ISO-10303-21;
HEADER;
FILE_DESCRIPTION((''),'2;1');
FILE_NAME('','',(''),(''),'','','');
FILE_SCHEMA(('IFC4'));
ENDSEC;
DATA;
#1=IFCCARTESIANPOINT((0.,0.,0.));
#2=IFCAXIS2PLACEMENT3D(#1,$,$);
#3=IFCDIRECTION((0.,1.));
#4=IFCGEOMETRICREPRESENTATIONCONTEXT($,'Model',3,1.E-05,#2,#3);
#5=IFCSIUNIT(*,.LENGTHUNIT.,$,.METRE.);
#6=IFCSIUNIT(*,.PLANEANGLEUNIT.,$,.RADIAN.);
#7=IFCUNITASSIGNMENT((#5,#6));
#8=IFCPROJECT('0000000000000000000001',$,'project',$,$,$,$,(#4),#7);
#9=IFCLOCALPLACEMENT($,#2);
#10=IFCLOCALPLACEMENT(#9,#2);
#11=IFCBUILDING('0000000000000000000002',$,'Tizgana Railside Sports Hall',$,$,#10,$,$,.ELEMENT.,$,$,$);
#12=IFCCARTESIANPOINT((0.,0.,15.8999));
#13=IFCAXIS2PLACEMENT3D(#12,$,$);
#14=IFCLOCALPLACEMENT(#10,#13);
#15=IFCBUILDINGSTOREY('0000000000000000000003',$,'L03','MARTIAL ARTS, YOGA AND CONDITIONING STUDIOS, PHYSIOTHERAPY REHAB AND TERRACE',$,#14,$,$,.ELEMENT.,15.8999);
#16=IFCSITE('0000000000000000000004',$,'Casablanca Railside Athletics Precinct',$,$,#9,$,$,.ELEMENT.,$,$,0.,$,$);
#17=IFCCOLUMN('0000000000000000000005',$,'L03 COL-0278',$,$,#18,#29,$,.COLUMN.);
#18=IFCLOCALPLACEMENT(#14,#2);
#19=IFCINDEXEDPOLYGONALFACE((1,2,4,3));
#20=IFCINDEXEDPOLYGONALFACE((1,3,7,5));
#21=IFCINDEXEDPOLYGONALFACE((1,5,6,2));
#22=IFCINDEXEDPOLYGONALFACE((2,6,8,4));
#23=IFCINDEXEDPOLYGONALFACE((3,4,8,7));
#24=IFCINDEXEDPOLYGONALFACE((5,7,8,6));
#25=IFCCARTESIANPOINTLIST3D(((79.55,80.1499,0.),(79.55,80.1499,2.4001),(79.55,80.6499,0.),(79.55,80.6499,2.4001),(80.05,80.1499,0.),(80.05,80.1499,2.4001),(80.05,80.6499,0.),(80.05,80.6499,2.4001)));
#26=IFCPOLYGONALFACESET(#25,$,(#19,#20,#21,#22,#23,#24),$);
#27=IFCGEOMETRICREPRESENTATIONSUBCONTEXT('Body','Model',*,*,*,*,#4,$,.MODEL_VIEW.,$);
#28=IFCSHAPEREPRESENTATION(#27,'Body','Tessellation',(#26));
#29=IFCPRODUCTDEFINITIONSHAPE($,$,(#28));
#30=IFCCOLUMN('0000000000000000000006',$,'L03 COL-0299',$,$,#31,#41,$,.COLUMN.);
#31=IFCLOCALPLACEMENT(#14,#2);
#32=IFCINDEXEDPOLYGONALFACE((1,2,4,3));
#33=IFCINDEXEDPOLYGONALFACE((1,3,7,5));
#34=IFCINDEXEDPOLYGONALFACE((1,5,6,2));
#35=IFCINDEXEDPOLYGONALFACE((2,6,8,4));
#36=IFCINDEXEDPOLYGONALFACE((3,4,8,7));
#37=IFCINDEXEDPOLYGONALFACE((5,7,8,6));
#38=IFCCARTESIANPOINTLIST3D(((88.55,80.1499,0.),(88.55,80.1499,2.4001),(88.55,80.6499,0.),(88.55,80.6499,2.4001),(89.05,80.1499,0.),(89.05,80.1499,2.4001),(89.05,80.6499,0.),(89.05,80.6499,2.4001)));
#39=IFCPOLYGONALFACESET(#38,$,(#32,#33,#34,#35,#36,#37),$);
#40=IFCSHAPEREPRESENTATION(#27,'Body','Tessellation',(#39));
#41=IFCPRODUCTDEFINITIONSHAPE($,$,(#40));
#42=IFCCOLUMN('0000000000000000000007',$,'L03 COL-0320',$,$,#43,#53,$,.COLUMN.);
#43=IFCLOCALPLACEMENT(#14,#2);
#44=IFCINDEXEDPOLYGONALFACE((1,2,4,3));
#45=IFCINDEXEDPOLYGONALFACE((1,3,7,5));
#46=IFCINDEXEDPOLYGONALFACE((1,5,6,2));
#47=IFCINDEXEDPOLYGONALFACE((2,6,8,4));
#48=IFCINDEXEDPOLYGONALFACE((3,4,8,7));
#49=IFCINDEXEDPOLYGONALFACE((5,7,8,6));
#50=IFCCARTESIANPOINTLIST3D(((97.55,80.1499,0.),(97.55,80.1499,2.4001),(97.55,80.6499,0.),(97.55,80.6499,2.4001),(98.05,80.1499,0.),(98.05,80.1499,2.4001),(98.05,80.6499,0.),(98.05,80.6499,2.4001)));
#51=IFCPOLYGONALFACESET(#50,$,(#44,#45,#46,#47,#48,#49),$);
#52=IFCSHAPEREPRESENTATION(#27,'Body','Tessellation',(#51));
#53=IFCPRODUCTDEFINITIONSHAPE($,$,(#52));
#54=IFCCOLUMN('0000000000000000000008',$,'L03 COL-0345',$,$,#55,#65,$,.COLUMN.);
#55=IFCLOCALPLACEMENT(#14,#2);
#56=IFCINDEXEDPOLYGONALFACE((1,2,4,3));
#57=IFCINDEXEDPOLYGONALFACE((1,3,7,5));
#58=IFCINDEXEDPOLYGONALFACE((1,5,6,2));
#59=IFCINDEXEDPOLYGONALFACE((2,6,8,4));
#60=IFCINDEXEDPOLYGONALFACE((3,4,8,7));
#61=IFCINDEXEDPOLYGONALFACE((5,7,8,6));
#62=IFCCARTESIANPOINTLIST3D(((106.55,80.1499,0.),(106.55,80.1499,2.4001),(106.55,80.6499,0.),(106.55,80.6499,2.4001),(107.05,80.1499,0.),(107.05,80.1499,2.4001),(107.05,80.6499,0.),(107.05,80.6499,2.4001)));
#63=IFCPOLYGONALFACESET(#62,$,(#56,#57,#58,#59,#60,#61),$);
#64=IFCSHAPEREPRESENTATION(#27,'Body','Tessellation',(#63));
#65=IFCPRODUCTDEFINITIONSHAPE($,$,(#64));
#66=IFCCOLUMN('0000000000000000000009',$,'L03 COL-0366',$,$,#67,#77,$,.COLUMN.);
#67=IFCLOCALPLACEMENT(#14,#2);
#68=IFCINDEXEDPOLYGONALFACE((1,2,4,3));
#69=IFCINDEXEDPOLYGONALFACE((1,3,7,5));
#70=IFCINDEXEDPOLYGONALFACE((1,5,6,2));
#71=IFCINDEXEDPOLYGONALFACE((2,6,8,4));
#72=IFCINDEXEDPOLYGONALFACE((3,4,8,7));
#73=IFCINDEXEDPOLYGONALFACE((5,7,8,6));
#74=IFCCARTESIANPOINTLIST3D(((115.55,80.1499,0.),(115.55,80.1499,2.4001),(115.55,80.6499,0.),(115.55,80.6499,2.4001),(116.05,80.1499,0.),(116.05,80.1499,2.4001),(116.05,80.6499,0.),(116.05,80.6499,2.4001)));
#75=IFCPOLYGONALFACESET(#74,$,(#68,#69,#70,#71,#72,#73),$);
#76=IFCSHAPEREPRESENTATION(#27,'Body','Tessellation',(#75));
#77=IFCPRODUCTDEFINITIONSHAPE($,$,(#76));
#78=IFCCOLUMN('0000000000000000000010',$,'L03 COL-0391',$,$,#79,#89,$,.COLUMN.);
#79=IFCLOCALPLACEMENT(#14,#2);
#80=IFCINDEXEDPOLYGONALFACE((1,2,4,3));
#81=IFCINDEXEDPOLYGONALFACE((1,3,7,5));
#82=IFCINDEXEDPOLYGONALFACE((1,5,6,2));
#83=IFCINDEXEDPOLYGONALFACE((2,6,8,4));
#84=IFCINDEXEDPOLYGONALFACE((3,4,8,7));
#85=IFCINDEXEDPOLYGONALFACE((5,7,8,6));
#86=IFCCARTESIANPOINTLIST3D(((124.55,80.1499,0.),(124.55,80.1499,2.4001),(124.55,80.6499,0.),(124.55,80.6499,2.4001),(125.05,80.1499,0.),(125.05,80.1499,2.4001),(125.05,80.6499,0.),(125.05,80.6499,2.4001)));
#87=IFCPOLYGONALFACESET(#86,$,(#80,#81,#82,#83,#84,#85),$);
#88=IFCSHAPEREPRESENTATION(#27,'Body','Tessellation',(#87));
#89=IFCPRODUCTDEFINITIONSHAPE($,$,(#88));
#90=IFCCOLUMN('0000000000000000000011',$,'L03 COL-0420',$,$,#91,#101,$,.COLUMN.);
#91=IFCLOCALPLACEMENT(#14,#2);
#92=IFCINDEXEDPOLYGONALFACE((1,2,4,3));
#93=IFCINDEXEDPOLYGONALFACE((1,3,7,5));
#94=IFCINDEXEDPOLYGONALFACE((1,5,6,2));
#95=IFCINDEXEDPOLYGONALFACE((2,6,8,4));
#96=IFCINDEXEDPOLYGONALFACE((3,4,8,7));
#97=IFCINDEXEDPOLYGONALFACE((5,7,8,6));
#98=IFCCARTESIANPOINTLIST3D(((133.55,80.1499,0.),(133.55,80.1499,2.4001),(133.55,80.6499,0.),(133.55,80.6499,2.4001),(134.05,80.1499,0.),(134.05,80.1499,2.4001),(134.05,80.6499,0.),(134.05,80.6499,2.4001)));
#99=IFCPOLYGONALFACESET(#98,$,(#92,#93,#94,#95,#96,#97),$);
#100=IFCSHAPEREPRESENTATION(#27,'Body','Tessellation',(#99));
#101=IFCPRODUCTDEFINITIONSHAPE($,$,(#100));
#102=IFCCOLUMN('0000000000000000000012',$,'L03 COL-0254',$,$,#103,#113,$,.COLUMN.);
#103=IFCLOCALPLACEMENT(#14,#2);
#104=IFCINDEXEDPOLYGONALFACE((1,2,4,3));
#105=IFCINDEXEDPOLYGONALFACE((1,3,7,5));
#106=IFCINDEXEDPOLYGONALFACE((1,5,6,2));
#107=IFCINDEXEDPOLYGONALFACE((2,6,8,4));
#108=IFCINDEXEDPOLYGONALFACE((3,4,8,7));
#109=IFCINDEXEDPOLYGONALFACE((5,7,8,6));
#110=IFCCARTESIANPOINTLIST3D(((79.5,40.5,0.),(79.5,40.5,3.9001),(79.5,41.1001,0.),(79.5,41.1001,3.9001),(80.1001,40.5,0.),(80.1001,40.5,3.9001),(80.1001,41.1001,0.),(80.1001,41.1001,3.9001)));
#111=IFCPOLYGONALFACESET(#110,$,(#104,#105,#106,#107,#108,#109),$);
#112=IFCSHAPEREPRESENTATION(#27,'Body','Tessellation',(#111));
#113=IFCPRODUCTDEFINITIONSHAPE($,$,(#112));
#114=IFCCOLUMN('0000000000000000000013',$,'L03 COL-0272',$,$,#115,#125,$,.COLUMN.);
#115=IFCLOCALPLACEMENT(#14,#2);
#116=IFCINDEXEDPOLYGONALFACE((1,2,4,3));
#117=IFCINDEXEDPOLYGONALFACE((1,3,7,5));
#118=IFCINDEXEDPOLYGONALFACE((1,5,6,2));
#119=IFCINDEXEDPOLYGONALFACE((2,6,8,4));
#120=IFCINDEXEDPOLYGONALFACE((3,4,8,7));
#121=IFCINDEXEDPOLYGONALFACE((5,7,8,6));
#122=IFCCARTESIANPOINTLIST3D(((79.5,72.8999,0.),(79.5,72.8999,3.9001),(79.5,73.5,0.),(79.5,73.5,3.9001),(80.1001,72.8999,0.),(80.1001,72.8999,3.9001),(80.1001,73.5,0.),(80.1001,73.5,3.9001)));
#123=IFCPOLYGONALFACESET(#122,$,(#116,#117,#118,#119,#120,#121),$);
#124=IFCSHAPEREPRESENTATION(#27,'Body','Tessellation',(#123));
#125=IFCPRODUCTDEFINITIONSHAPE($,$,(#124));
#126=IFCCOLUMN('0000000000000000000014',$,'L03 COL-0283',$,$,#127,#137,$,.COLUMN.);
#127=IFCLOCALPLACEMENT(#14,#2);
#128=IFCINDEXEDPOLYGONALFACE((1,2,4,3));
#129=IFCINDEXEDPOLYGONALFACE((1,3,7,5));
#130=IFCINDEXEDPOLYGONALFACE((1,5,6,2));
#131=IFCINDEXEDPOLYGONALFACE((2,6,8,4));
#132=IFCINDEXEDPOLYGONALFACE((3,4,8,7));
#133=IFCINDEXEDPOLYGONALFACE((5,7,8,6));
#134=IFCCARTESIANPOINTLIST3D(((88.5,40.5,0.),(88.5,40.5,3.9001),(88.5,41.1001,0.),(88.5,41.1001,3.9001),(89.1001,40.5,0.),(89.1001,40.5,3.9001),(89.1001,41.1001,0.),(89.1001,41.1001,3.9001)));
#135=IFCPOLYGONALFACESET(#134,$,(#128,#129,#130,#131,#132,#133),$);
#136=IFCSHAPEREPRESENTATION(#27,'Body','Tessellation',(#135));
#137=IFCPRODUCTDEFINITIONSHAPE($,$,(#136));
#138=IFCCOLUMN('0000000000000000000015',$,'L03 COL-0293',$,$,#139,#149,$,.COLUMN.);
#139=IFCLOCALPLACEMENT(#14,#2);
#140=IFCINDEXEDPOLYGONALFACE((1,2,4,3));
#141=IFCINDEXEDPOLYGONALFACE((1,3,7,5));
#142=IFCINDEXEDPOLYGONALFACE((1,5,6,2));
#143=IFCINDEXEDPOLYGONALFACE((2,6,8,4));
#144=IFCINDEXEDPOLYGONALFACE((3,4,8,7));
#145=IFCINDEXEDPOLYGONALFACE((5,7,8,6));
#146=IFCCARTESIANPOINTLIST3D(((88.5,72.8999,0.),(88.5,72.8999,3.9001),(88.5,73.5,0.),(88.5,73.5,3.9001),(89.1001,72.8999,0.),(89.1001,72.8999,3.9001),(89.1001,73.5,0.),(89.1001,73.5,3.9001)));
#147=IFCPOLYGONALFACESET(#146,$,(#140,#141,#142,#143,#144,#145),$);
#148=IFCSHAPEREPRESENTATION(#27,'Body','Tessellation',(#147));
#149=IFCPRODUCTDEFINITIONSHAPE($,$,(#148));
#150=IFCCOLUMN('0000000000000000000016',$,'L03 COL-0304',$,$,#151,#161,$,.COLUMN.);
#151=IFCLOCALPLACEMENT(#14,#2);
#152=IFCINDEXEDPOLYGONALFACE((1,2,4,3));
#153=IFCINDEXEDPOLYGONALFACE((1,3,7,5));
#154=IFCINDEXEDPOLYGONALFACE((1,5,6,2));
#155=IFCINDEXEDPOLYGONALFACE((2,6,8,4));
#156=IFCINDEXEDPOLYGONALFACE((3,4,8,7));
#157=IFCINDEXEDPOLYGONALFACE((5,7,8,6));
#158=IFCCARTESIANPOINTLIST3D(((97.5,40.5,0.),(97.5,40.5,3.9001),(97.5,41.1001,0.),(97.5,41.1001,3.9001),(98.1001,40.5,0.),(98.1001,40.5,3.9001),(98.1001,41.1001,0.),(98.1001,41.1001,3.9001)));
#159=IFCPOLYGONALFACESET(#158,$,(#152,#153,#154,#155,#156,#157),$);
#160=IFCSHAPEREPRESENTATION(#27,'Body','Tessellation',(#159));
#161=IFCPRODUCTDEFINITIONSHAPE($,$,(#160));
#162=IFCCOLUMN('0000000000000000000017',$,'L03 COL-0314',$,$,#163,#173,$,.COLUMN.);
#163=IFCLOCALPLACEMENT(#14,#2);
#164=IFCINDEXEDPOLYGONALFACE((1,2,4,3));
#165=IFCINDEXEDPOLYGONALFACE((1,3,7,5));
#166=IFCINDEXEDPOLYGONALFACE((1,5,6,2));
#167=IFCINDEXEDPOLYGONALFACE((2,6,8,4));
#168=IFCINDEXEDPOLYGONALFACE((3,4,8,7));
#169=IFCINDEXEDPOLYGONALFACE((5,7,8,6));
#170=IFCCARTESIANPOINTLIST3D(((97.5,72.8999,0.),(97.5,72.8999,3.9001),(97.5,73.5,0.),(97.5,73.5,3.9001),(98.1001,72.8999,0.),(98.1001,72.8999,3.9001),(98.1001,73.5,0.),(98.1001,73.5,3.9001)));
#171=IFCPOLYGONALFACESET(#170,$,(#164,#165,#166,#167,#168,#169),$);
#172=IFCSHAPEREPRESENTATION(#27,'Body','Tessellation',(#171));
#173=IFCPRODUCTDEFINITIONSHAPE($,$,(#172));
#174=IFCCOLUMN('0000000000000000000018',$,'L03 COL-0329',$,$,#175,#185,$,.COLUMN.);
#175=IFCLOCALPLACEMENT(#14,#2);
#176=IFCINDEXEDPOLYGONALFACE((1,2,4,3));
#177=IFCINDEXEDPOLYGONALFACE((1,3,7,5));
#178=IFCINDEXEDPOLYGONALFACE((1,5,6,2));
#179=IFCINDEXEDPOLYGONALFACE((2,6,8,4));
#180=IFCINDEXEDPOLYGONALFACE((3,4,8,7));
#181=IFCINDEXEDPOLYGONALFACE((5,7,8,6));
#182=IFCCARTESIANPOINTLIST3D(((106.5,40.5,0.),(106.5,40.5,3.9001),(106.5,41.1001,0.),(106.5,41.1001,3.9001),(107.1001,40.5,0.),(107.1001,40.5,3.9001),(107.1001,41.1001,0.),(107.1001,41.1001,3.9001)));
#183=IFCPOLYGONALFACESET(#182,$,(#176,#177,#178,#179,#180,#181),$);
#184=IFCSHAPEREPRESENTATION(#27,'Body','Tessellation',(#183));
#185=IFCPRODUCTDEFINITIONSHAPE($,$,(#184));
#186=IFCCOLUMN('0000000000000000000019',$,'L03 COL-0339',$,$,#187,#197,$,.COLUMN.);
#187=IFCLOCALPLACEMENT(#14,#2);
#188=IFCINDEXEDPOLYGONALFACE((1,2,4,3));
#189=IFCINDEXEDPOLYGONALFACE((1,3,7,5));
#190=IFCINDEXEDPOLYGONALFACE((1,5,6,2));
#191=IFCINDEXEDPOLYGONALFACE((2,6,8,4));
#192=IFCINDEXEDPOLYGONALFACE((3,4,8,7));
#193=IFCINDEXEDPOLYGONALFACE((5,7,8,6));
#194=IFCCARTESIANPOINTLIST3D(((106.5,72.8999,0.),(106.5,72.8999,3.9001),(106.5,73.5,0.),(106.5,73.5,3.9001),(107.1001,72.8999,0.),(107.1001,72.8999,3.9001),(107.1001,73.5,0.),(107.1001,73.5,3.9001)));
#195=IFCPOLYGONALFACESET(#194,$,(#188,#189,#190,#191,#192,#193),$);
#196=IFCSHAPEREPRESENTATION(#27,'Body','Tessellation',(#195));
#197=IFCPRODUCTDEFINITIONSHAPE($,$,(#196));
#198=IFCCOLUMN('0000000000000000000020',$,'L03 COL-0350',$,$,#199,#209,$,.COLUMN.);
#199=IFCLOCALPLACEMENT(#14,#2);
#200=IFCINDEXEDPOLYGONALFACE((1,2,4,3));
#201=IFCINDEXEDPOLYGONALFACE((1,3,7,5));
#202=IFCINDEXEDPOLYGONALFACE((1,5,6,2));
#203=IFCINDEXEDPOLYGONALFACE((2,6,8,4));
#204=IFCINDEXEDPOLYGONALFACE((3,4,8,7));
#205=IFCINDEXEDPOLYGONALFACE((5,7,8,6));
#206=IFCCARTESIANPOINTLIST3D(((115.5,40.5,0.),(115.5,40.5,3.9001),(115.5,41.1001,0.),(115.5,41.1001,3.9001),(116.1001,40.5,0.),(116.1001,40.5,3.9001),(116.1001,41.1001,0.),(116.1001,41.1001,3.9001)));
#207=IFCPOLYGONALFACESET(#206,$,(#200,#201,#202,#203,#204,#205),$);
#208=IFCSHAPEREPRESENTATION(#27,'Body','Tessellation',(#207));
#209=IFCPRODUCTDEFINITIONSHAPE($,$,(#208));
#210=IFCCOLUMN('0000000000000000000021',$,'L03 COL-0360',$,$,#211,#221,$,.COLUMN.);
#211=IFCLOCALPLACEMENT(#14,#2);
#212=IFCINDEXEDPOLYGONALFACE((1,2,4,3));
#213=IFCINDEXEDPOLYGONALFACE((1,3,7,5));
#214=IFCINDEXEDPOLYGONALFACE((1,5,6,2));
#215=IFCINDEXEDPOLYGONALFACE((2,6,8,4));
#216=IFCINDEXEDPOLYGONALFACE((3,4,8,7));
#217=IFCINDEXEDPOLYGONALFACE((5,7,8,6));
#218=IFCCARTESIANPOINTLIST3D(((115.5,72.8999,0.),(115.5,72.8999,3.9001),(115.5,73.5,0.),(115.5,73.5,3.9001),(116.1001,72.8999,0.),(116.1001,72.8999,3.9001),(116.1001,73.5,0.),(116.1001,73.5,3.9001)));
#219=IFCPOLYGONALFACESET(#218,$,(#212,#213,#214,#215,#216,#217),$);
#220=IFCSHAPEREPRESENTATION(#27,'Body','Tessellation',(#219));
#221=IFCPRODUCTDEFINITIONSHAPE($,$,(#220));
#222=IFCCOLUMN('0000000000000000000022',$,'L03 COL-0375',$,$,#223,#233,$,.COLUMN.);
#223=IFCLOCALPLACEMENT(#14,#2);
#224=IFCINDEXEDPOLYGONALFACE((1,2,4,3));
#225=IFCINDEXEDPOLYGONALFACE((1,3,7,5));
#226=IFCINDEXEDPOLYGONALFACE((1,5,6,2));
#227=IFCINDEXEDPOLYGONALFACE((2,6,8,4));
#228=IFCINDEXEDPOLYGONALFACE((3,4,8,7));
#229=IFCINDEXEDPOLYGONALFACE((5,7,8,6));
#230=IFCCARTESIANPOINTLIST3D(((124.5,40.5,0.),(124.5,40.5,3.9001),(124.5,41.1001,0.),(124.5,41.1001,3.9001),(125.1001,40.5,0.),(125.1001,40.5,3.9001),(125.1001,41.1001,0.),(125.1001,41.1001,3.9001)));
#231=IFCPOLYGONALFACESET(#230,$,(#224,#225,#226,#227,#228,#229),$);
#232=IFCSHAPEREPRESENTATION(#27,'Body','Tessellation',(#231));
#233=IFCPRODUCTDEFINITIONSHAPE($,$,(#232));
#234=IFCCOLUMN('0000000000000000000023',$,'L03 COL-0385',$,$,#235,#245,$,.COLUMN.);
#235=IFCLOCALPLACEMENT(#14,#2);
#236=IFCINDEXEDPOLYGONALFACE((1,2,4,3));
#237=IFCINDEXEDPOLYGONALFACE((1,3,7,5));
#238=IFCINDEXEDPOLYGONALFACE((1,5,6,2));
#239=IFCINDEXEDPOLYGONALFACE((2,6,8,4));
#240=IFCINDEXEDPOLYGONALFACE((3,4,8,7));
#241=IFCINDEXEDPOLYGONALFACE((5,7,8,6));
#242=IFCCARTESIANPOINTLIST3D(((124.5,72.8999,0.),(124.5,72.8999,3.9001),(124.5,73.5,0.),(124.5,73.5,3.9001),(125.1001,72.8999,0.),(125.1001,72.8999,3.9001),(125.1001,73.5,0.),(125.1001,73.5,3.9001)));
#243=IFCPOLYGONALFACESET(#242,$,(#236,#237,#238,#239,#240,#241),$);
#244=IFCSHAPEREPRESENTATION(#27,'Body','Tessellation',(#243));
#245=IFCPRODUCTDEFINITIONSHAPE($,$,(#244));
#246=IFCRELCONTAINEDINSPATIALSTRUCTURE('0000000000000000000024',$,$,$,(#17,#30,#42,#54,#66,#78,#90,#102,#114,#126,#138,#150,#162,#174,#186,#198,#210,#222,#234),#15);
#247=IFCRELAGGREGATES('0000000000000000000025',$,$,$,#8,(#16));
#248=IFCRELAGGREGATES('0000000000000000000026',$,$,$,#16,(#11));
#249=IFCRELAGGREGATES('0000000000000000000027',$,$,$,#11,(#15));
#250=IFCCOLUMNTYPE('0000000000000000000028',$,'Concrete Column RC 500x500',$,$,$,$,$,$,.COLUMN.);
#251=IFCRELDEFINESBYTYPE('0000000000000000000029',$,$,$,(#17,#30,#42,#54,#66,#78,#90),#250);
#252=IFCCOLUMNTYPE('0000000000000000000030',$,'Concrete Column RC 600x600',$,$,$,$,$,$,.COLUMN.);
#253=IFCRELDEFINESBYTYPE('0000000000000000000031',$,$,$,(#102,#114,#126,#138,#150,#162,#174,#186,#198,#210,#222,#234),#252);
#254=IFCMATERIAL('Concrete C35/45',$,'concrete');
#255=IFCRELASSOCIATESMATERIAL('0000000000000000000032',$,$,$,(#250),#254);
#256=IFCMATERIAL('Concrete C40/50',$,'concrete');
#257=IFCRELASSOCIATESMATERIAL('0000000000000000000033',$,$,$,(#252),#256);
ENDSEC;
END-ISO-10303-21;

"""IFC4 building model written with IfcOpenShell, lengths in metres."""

from ifc_helpers import new_model, si_unit, direction, frame, origin, origin_2d, place, context, subcontext, project, spatial, rectangle, extrude, material, material_profile, profile_set, type_object, element, save


model = new_model("IFC4")

# Units and contexts
model_context = context("Model", 3, precision=1e-05, world=origin(), true_north=direction((0.0, 1.0)))
body_context = subcontext(model_context, "Body", "Model", "MODEL_VIEW")
ifc_project = project(units=[si_unit("LENGTHUNIT", "METRE"), si_unit("PLANEANGLEUNIT", "RADIAN")], contexts=[model_context])

# Site, building, storey
site_placement = place(None, origin())
site = spatial("IfcSite", under=ifc_project, at=site_placement, Name="Casablanca Railside Athletics Precinct", CompositionType="ELEMENT", RefElevation=0.0)
building_placement = place(site_placement, origin())
building = spatial("IfcBuilding", under=site, at=building_placement, Name="Tizgana Railside Sports Hall", CompositionType="ELEMENT")
storey_placement = place(building_placement, frame((0.0, 0.0, 15.8999)))
storey = spatial("IfcBuildingStorey", under=building, at=storey_placement, Name="L03", Description="MARTIAL ARTS, YOGA AND CONDITIONING STUDIOS, PHYSIOTHERAPY REHAB AND TERRACE", CompositionType="ELEMENT", Elevation=15.8999)

# Columns
ifc_material_1 = material(Name="Concrete C35/45", Category="concrete")
ifc_material_profile_1 = material_profile(ifc_material_1, rectangle(XDim=0.5, YDim=0.5, at=origin_2d()), Name="RC 500x500")
ifc_profile_set_1 = profile_set([ifc_material_profile_1], Name="Concrete C35/45")
column_type_1 = type_object("IfcColumnType", Name="Concrete Column RC 500x500", PredefinedType="COLUMN", material=ifc_profile_set_1)
for number, where, z_axis, x_axis, name in (
    (1, (79.8, 80.3999, 0.0), (0.0, 0.0, 1.0), (1.0, 0.0, 0.0), "L03 COL-0278"),
    (2, (88.8, 80.3999, 0.0), (0.0, 0.0, 1.0), (1.0, 0.0, 0.0), "L03 COL-0299"),
    (3, (97.8, 80.3999, 0.0), (0.0, 0.0, 1.0), (1.0, 0.0, 0.0), "L03 COL-0320"),
    (4, (106.8, 80.3999, 0.0), (0.0, 0.0, 1.0), (1.0, 0.0, 0.0), "L03 COL-0345"),
    (5, (115.8, 80.3999, 0.0), (0.0, 0.0, 1.0), (1.0, 0.0, 0.0), "L03 COL-0366"),
    (6, (124.8, 80.3999, 0.0), (0.0, 0.0, 1.0), (1.0, 0.0, 0.0), "L03 COL-0391"),
    (7, (133.8, 80.3999, 0.0), (0.0, 0.0, 1.0), (1.0, 0.0, 0.0), "L03 COL-0420"),
):
    element("IfcColumn", number, at=place(storey_placement, frame(where, z_axis=z_axis, x_axis=x_axis)), inside=storey, type_object=column_type_1, Name=name, PredefinedType="COLUMN", context=body_context, shape_type="SweptSolid", body=[
        extrude(rectangle(XDim=0.5, YDim=0.5, at=origin_2d()), origin(), (0.0, 0.0, 1.0), 2.4001),
    ])
ifc_material_2 = material(Name="Concrete C40/50", Category="concrete")
ifc_material_profile_2 = material_profile(ifc_material_2, rectangle(XDim=0.6001, YDim=0.6001, at=origin_2d()), Name="RC 600x600")
ifc_profile_set_2 = profile_set([ifc_material_profile_2], Name="Concrete C40/50")
column_type_2 = type_object("IfcColumnType", Name="Concrete Column RC 600x600", PredefinedType="COLUMN", material=ifc_profile_set_2)
for number, where, z_axis, x_axis, name in (
    (8, (79.8, 40.8, 0.0), (0.0, 0.0, 1.0), (1.0, 0.0, 0.0), "L03 COL-0254"),
    (9, (79.8, 73.2, 0.0), (0.0, 0.0, 1.0), (1.0, 0.0, 0.0), "L03 COL-0272"),
    (10, (88.8, 40.8, 0.0), (0.0, 0.0, 1.0), (1.0, 0.0, 0.0), "L03 COL-0283"),
    (11, (88.8, 73.2, 0.0), (0.0, 0.0, 1.0), (1.0, 0.0, 0.0), "L03 COL-0293"),
    (12, (97.8, 40.8, 0.0), (0.0, 0.0, 1.0), (1.0, 0.0, 0.0), "L03 COL-0304"),
    (13, (97.8, 73.2, 0.0), (0.0, 0.0, 1.0), (1.0, 0.0, 0.0), "L03 COL-0314"),
    (14, (106.8, 40.8, 0.0), (0.0, 0.0, 1.0), (1.0, 0.0, 0.0), "L03 COL-0329"),
    (15, (106.8, 73.2, 0.0), (0.0, 0.0, 1.0), (1.0, 0.0, 0.0), "L03 COL-0339"),
    (16, (115.8, 40.8, 0.0), (0.0, 0.0, 1.0), (1.0, 0.0, 0.0), "L03 COL-0350"),
    (17, (115.8, 73.2, 0.0), (0.0, 0.0, 1.0), (1.0, 0.0, 0.0), "L03 COL-0360"),
    (18, (124.8, 40.8, 0.0), (0.0, 0.0, 1.0), (1.0, 0.0, 0.0), "L03 COL-0375"),
    (19, (124.8, 73.2, 0.0), (0.0, 0.0, 1.0), (1.0, 0.0, 0.0), "L03 COL-0385"),
):
    element("IfcColumn", number, at=place(storey_placement, frame(where, z_axis=z_axis, x_axis=x_axis)), inside=storey, type_object=column_type_2, Name=name, PredefinedType="COLUMN", context=body_context, shape_type="SweptSolid", body=[
        extrude(rectangle(XDim=0.6001, YDim=0.6001, at=origin_2d()), origin(), (0.0, 0.0, 1.0), 3.9001),
    ])

save(model, "model.ifc")
